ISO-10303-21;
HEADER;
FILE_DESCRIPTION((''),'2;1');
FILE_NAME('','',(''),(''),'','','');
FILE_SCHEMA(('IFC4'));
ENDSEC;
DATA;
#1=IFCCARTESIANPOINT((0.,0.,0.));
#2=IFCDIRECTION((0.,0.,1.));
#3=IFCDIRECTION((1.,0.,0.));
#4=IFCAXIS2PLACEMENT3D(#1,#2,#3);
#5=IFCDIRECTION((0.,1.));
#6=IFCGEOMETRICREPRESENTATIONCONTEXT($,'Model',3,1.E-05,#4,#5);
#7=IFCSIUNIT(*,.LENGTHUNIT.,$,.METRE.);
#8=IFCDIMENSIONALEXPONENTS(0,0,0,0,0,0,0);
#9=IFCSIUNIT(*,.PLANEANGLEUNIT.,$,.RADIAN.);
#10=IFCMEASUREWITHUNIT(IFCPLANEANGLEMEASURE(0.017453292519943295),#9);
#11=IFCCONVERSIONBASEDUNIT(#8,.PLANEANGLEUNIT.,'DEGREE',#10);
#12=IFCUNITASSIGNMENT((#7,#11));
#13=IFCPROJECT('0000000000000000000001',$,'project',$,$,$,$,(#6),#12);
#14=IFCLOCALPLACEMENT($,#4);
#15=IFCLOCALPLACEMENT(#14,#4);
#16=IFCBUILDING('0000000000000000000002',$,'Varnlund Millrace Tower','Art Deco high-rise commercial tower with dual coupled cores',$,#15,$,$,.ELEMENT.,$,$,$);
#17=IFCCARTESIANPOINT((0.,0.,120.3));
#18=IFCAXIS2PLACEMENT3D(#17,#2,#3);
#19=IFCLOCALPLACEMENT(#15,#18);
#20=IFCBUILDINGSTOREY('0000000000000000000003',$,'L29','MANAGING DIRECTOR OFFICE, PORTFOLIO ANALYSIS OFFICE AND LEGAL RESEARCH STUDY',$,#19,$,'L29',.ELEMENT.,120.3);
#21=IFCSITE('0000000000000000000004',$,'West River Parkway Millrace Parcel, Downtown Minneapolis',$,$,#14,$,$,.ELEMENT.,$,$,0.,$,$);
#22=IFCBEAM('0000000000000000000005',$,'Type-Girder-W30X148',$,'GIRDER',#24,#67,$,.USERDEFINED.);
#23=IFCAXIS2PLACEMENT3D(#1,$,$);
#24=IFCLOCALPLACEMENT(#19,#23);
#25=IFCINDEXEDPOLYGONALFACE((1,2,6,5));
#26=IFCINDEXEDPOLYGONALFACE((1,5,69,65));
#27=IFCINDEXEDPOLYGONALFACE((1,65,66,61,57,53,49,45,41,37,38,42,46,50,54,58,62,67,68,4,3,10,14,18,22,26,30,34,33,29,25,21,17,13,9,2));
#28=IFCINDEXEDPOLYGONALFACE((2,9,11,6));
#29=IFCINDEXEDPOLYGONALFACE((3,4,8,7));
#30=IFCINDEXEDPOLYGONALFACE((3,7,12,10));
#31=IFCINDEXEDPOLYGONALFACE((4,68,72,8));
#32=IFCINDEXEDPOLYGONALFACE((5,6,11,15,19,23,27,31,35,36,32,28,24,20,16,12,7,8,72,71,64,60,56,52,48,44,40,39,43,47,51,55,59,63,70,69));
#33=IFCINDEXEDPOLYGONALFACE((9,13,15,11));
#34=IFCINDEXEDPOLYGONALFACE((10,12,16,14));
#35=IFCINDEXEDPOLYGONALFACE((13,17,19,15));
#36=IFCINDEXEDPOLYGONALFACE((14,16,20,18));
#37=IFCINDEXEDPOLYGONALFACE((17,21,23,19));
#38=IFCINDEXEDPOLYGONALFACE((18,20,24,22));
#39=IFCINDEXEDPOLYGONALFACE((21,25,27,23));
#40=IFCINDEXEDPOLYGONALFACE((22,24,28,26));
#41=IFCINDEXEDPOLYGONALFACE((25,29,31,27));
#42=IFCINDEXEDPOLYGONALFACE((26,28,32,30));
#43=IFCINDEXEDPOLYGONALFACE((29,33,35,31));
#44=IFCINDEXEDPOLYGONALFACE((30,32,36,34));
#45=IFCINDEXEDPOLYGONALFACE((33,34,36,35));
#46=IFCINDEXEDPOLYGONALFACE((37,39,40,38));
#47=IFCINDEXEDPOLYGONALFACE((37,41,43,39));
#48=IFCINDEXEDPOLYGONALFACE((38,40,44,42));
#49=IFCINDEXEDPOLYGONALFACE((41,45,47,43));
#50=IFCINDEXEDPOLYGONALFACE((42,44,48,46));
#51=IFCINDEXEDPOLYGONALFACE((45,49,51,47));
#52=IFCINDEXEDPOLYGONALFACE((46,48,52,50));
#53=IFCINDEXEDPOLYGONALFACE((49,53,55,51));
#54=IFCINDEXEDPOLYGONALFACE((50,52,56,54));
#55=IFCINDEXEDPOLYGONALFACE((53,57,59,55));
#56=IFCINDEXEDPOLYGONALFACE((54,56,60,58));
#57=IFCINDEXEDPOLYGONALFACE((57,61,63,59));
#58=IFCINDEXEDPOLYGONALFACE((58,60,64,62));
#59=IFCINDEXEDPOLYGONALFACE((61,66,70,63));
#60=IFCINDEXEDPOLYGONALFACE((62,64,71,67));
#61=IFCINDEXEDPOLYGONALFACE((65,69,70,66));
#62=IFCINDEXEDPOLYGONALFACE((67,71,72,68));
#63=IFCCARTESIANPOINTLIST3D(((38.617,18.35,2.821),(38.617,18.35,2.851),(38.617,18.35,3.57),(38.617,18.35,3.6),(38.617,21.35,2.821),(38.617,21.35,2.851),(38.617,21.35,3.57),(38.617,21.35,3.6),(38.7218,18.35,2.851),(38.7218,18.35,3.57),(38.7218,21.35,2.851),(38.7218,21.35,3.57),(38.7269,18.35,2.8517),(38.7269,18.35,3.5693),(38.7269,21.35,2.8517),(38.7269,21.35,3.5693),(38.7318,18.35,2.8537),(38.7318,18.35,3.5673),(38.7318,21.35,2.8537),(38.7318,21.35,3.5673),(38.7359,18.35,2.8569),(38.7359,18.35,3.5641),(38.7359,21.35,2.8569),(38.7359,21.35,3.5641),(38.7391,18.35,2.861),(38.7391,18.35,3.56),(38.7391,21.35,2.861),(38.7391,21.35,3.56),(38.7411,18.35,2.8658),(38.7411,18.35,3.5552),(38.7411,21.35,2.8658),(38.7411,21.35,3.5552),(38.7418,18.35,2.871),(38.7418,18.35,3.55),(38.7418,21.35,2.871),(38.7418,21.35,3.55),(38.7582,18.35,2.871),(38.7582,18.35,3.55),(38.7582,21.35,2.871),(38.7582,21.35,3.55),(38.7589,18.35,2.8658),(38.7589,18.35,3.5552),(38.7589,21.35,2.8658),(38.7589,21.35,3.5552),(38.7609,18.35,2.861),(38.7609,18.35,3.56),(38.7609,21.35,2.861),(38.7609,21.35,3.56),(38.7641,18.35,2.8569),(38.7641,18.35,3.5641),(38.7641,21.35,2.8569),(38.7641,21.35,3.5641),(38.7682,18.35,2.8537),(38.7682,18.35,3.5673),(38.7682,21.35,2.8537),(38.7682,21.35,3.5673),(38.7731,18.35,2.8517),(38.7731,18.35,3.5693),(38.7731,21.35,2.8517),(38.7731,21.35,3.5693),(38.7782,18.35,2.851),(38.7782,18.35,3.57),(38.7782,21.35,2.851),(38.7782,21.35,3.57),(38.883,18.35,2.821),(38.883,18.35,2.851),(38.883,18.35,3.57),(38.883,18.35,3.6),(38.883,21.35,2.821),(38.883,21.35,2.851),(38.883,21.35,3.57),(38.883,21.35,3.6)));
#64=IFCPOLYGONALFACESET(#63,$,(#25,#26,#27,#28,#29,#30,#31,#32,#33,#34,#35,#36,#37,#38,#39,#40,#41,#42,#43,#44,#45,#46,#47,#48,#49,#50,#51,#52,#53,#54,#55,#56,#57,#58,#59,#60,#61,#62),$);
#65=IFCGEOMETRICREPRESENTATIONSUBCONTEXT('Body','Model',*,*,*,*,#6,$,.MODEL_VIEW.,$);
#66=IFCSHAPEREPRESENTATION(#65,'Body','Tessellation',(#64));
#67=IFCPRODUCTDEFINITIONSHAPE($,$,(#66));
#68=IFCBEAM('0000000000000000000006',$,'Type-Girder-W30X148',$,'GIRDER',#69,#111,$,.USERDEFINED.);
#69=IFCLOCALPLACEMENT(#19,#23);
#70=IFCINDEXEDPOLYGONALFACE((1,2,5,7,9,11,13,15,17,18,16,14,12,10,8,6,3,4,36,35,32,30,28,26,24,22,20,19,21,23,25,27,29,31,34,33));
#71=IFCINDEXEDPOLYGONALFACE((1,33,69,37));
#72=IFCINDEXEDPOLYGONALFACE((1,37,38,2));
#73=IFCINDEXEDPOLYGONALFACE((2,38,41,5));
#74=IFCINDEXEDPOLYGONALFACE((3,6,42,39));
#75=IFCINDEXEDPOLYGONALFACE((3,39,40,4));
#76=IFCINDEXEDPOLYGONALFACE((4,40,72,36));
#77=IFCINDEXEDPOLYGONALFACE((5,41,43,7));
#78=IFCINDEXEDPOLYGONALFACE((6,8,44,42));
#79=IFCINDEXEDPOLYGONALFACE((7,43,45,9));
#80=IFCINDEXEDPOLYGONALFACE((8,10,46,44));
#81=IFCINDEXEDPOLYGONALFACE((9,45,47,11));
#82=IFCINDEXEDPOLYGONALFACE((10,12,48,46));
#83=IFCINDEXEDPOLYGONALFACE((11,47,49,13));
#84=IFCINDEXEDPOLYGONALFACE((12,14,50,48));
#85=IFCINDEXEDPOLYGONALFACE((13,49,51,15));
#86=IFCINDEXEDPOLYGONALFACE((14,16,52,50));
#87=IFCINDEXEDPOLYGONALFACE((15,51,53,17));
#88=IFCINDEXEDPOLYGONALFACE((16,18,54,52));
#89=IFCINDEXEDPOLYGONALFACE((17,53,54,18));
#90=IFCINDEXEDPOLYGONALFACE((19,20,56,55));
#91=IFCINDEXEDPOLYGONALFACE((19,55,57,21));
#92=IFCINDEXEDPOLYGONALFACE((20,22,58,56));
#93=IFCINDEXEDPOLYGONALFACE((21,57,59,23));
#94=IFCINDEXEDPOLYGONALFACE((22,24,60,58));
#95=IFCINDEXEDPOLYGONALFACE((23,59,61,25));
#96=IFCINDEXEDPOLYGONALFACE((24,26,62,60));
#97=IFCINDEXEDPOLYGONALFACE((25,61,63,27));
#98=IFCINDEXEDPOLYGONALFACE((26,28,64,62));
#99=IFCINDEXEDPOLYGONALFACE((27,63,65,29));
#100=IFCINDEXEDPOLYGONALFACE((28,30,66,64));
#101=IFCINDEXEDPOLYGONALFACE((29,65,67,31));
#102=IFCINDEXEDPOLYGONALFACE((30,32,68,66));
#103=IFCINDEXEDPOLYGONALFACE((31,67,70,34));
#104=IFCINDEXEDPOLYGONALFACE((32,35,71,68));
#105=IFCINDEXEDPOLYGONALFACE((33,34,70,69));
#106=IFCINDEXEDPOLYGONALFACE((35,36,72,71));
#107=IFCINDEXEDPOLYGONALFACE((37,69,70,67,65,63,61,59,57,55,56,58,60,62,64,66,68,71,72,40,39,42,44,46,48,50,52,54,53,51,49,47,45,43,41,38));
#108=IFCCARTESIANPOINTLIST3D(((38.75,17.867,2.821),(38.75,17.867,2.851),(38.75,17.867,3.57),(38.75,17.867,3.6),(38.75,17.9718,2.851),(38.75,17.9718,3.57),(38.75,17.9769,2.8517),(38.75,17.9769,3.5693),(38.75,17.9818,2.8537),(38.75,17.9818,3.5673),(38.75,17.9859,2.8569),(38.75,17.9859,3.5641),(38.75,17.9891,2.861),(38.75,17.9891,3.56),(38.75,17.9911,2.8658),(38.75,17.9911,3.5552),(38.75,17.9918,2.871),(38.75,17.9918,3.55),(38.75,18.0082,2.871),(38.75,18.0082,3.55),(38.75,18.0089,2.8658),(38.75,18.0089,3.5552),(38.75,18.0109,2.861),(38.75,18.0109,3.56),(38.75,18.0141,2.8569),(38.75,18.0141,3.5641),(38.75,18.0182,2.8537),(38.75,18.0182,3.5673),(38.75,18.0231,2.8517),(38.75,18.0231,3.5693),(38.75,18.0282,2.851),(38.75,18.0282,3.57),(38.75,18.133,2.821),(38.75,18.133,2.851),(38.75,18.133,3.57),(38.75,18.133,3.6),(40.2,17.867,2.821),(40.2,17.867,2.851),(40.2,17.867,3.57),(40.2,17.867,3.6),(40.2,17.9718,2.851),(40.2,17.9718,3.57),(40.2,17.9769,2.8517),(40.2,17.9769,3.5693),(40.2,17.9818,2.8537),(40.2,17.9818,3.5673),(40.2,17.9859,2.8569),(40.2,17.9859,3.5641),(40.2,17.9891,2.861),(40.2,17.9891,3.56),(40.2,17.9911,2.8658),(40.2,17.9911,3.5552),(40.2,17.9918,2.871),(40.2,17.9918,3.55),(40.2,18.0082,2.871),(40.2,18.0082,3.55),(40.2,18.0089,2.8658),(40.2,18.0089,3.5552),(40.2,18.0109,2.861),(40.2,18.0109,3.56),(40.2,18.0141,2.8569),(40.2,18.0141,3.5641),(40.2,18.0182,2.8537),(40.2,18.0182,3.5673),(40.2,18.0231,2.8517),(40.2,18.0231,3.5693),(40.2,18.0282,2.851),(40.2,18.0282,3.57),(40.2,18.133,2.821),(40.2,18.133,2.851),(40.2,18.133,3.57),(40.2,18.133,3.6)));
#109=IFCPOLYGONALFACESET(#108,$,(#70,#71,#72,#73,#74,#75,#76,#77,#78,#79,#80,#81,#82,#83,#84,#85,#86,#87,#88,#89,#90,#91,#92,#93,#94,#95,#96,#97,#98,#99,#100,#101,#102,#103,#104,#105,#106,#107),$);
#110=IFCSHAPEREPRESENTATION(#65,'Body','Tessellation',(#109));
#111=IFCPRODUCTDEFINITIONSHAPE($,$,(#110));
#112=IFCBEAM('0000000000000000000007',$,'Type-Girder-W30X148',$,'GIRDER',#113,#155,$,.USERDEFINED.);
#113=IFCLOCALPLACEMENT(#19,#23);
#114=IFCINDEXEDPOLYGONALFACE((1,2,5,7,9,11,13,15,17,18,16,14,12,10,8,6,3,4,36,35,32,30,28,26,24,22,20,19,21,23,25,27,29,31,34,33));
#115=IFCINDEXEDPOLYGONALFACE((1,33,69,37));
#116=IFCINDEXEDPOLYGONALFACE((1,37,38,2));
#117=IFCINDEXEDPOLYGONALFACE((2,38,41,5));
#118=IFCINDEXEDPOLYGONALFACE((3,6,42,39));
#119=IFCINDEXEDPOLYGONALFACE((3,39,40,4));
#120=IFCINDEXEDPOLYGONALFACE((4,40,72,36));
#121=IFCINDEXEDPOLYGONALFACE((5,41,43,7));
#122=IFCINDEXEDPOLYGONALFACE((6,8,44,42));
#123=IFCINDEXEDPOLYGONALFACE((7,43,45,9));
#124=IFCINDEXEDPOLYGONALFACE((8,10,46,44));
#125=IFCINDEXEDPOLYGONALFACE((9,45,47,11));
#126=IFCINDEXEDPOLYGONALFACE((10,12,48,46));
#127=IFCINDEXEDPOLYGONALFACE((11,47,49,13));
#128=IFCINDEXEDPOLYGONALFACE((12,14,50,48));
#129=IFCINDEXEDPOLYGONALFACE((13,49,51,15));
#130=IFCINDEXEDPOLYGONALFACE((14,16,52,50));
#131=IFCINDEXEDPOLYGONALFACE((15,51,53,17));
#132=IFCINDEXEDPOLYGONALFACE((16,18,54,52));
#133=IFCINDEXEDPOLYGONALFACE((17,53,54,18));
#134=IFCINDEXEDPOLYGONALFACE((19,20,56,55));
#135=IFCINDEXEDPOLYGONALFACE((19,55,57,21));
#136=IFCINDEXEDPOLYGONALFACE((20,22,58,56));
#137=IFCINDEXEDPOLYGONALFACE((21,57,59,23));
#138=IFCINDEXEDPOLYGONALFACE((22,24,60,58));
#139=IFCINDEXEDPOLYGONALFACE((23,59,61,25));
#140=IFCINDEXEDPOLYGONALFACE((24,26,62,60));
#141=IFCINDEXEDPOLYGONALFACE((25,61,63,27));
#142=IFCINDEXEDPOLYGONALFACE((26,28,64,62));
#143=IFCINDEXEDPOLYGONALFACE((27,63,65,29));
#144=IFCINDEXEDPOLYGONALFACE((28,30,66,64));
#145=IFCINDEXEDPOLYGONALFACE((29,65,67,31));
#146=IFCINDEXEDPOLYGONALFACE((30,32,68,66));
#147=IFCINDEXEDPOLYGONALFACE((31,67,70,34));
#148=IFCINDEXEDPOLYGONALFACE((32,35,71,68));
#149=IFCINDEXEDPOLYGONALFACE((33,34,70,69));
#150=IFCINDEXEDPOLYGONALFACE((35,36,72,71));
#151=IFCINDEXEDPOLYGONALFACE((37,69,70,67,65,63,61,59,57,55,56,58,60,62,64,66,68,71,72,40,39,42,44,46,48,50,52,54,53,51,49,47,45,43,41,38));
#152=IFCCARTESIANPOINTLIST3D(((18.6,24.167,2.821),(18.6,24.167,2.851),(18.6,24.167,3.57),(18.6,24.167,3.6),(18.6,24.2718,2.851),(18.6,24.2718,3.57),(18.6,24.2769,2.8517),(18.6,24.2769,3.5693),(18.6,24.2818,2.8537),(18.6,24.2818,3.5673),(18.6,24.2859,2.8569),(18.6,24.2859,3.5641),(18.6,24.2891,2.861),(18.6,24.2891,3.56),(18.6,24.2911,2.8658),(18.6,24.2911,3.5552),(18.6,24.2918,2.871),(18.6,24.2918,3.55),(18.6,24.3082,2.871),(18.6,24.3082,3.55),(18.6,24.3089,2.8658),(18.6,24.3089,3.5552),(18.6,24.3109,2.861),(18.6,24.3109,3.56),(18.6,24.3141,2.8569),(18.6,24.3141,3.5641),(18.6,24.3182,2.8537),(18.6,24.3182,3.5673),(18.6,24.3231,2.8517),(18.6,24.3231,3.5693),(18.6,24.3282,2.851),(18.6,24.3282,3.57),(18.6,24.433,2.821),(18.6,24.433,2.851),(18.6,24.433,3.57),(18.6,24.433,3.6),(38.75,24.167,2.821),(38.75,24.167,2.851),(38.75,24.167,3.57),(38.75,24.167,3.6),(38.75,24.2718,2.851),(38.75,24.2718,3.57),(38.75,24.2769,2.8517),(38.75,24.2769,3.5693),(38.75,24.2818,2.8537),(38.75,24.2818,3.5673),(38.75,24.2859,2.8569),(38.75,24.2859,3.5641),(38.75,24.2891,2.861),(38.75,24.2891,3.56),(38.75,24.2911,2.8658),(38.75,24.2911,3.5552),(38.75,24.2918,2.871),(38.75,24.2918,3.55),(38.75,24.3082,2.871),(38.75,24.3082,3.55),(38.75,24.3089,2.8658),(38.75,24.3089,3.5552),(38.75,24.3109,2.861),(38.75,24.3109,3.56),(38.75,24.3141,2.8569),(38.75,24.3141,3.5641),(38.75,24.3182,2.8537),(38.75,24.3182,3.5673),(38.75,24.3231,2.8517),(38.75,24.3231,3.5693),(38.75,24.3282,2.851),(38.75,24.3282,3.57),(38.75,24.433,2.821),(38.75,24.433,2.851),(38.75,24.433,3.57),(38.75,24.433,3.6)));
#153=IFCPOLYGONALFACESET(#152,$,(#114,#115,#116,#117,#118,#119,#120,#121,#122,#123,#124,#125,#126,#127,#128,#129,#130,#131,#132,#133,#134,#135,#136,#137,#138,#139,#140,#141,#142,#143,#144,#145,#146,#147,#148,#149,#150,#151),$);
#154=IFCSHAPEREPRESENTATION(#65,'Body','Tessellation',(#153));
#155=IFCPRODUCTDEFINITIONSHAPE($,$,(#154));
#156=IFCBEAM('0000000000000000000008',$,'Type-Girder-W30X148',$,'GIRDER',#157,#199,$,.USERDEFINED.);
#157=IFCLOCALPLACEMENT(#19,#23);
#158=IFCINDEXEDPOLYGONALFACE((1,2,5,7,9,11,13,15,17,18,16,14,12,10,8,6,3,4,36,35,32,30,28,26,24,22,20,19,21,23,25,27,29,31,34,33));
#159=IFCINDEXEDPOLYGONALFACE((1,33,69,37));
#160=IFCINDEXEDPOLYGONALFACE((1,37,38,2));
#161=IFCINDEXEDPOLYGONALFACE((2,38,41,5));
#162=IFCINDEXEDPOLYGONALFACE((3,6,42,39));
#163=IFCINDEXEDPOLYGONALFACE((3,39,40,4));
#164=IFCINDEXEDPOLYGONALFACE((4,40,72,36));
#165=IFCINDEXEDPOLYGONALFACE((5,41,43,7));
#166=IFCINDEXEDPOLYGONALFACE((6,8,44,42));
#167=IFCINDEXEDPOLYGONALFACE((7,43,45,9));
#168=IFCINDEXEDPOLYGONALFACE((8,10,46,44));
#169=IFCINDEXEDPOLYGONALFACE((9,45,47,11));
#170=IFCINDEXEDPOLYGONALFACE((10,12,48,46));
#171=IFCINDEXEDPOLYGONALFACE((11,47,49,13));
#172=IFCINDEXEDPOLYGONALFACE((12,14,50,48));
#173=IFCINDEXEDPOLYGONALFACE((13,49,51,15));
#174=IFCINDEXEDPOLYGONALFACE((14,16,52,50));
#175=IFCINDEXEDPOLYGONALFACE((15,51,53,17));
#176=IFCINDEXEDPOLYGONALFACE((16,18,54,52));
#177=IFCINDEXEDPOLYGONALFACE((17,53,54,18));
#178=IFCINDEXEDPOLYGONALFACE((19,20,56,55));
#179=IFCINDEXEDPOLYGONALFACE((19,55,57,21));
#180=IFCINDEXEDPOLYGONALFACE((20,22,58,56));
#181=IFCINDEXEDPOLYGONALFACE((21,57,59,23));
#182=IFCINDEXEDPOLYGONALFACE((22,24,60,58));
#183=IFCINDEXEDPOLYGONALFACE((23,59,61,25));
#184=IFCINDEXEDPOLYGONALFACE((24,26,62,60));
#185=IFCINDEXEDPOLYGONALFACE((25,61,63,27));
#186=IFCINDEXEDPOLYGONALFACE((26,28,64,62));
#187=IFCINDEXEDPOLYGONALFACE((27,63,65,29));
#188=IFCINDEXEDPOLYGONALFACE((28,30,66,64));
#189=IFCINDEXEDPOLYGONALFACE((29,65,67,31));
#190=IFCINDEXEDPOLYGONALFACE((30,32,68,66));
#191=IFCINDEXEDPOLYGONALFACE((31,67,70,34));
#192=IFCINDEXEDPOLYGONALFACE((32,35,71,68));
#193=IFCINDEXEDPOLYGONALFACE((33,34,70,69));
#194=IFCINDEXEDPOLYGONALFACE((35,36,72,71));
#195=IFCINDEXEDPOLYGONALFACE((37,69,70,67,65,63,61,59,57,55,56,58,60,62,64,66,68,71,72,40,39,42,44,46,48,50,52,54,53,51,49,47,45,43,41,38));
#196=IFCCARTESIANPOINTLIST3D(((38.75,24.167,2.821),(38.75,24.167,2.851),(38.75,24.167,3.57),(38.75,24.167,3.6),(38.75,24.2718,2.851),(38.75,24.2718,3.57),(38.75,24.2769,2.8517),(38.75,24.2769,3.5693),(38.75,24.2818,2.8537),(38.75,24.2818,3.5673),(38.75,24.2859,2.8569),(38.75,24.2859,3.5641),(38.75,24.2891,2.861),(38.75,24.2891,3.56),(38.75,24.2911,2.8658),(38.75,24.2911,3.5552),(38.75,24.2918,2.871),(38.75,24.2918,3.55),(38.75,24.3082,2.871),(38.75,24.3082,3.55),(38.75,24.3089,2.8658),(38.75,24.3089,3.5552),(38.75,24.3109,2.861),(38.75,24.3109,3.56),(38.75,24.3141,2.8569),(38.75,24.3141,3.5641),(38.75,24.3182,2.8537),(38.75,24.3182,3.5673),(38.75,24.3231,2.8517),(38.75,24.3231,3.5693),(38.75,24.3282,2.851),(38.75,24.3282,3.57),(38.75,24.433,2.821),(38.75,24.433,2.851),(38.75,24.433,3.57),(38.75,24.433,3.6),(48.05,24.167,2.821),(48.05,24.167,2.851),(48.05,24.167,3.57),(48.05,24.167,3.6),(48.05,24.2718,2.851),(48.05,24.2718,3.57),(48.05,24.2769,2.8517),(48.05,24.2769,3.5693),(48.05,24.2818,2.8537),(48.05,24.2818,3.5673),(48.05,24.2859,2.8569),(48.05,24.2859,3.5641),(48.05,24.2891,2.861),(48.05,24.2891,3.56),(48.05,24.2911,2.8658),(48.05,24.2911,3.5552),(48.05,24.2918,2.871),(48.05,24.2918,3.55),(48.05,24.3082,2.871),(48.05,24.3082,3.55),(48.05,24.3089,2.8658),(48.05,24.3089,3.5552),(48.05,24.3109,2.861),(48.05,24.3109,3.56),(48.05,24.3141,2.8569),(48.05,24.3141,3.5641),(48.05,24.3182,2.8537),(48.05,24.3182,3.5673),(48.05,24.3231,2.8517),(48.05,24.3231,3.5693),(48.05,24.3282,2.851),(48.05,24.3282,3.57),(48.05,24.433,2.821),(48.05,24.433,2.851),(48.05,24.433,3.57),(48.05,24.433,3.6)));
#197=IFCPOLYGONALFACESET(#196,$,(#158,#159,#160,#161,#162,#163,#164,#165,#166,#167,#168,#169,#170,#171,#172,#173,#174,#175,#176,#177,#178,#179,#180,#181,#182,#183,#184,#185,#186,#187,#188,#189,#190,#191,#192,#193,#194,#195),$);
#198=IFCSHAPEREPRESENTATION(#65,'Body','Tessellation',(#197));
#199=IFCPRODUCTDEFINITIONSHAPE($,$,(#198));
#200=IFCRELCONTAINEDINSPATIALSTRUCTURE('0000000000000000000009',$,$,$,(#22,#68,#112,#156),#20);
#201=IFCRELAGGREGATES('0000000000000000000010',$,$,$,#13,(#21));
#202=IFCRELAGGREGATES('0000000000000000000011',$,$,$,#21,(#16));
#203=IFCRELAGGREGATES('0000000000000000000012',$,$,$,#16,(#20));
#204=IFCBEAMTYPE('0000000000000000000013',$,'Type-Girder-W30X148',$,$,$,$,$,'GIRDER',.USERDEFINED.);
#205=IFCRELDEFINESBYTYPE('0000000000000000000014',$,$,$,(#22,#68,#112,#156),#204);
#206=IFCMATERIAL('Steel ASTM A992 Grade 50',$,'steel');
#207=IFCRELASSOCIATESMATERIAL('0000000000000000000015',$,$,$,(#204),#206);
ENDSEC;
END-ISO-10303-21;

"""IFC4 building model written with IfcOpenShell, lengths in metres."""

from ifc_helpers import new_model, entity, si_unit, converted_unit, direction, frame, origin_with_axes, origin_2d_with_axis, place, context, subcontext, project, spatial, i_section, extrude, material, material_profile, profile_set, type_object, element, save


model = new_model("IFC4")

# Units and contexts
model_context = context("Model", 3, precision=1e-05, world=origin_with_axes(), true_north=direction((0.0, 1.0)))
body_context = subcontext(model_context, "Body", "Model", "MODEL_VIEW")
ifc_project = project(units=[si_unit("LENGTHUNIT", "METRE"), converted_unit("PLANEANGLEUNIT", "DEGREE", entity("IfcPlaneAngleMeasure", 0.017453292519943295), si_unit("PLANEANGLEUNIT", "RADIAN"), dimensions=[0, 0, 0, 0, 0, 0, 0])], contexts=[model_context])

# Site, building, storey
site_placement = place(None, origin_with_axes())
site = spatial("IfcSite", under=ifc_project, at=site_placement, Name="West River Parkway Millrace Parcel, Downtown Minneapolis", CompositionType="ELEMENT", RefElevation=0.0)
building_placement = place(site_placement, origin_with_axes())
building = spatial("IfcBuilding", under=site, at=building_placement, Name="Varnlund Millrace Tower", Description="Art Deco high-rise commercial tower with dual coupled cores", CompositionType="ELEMENT")
storey_placement = place(building_placement, frame((0.0, 0.0, 120.3), z_axis=(0.0, 0.0, 1.0), x_axis=(1.0, 0.0, 0.0)))
storey = spatial("IfcBuildingStorey", under=building, at=storey_placement, Name="L29", Description="MANAGING DIRECTOR OFFICE, PORTFOLIO ANALYSIS OFFICE AND LEGAL RESEARCH STUDY", LongName="L29", CompositionType="ELEMENT", Elevation=120.3)

# Beams
ifc_material_1 = material(Name="Steel ASTM A992 Grade 50", Category="steel")
ifc_material_profile_1 = material_profile(ifc_material_1, i_section(OverallWidth=0.266, OverallDepth=0.779, WebThickness=0.0165, FlangeThickness=0.03, FilletRadius=0.02, at=origin_2d_with_axis()), Name="Steel ASTM A992 Grade 50")
ifc_profile_set_1 = profile_set([ifc_material_profile_1], Name="Steel ASTM A992 Grade 50")
beam_type_1 = type_object("IfcBeamType", Name="Type-Girder-W30X148", ElementType="GIRDER", PredefinedType="USERDEFINED", material=ifc_profile_set_1)
beam_1_placement = place(storey_placement, frame((38.75, 18.35, 3.2105), z_axis=(0.0, 1.0, 0.0), x_axis=(-1.0, 0.0, 0.0)))
element("IfcBeam", 1, at=beam_1_placement, inside=storey, type_object=beam_type_1, Name="Type-Girder-W30X148", ObjectType="GIRDER", PredefinedType="USERDEFINED", context=body_context, shape_type="SweptSolid", body=[
    extrude(i_section(OverallWidth=0.266, OverallDepth=0.779, WebThickness=0.0165, FlangeThickness=0.03, FilletRadius=0.02, at=origin_2d_with_axis()), origin_with_axes(), (0.0, 0.0, 1.0), 3.0),
])
beam_2_placement = place(storey_placement, frame((38.75, 18.0, 3.2105), z_axis=(1.0, 0.0, 0.0), x_axis=(0.0, 1.0, 0.0)))
element("IfcBeam", 2, at=beam_2_placement, inside=storey, type_object=beam_type_1, Name="Type-Girder-W30X148", ObjectType="GIRDER", PredefinedType="USERDEFINED", context=body_context, shape_type="SweptSolid", body=[
    extrude(i_section(OverallWidth=0.266, OverallDepth=0.779, WebThickness=0.0165, FlangeThickness=0.03, FilletRadius=0.02, at=origin_2d_with_axis()), origin_with_axes(), (0.0, 0.0, 1.0), 1.45),
])
beam_3_placement = place(storey_placement, frame((18.6, 24.3, 3.2105), z_axis=(1.0, 0.0, 0.0), x_axis=(0.0, 1.0, 0.0)))
element("IfcBeam", 3, at=beam_3_placement, inside=storey, type_object=beam_type_1, Name="Type-Girder-W30X148", ObjectType="GIRDER", PredefinedType="USERDEFINED", context=body_context, shape_type="SweptSolid", body=[
    extrude(i_section(OverallWidth=0.266, OverallDepth=0.779, WebThickness=0.0165, FlangeThickness=0.03, FilletRadius=0.02, at=origin_2d_with_axis()), origin_with_axes(), (0.0, 0.0, 1.0), 20.15),
])
beam_4_placement = place(storey_placement, frame((38.75, 24.3, 3.2105), z_axis=(1.0, 0.0, 0.0), x_axis=(0.0, 1.0, 0.0)))
element("IfcBeam", 4, at=beam_4_placement, inside=storey, type_object=beam_type_1, Name="Type-Girder-W30X148", ObjectType="GIRDER", PredefinedType="USERDEFINED", context=body_context, shape_type="SweptSolid", body=[
    extrude(i_section(OverallWidth=0.266, OverallDepth=0.779, WebThickness=0.0165, FlangeThickness=0.03, FilletRadius=0.02, at=origin_2d_with_axis()), origin_with_axes(), (0.0, 0.0, 1.0), 9.3),
])

save(model, "model.ifc")
